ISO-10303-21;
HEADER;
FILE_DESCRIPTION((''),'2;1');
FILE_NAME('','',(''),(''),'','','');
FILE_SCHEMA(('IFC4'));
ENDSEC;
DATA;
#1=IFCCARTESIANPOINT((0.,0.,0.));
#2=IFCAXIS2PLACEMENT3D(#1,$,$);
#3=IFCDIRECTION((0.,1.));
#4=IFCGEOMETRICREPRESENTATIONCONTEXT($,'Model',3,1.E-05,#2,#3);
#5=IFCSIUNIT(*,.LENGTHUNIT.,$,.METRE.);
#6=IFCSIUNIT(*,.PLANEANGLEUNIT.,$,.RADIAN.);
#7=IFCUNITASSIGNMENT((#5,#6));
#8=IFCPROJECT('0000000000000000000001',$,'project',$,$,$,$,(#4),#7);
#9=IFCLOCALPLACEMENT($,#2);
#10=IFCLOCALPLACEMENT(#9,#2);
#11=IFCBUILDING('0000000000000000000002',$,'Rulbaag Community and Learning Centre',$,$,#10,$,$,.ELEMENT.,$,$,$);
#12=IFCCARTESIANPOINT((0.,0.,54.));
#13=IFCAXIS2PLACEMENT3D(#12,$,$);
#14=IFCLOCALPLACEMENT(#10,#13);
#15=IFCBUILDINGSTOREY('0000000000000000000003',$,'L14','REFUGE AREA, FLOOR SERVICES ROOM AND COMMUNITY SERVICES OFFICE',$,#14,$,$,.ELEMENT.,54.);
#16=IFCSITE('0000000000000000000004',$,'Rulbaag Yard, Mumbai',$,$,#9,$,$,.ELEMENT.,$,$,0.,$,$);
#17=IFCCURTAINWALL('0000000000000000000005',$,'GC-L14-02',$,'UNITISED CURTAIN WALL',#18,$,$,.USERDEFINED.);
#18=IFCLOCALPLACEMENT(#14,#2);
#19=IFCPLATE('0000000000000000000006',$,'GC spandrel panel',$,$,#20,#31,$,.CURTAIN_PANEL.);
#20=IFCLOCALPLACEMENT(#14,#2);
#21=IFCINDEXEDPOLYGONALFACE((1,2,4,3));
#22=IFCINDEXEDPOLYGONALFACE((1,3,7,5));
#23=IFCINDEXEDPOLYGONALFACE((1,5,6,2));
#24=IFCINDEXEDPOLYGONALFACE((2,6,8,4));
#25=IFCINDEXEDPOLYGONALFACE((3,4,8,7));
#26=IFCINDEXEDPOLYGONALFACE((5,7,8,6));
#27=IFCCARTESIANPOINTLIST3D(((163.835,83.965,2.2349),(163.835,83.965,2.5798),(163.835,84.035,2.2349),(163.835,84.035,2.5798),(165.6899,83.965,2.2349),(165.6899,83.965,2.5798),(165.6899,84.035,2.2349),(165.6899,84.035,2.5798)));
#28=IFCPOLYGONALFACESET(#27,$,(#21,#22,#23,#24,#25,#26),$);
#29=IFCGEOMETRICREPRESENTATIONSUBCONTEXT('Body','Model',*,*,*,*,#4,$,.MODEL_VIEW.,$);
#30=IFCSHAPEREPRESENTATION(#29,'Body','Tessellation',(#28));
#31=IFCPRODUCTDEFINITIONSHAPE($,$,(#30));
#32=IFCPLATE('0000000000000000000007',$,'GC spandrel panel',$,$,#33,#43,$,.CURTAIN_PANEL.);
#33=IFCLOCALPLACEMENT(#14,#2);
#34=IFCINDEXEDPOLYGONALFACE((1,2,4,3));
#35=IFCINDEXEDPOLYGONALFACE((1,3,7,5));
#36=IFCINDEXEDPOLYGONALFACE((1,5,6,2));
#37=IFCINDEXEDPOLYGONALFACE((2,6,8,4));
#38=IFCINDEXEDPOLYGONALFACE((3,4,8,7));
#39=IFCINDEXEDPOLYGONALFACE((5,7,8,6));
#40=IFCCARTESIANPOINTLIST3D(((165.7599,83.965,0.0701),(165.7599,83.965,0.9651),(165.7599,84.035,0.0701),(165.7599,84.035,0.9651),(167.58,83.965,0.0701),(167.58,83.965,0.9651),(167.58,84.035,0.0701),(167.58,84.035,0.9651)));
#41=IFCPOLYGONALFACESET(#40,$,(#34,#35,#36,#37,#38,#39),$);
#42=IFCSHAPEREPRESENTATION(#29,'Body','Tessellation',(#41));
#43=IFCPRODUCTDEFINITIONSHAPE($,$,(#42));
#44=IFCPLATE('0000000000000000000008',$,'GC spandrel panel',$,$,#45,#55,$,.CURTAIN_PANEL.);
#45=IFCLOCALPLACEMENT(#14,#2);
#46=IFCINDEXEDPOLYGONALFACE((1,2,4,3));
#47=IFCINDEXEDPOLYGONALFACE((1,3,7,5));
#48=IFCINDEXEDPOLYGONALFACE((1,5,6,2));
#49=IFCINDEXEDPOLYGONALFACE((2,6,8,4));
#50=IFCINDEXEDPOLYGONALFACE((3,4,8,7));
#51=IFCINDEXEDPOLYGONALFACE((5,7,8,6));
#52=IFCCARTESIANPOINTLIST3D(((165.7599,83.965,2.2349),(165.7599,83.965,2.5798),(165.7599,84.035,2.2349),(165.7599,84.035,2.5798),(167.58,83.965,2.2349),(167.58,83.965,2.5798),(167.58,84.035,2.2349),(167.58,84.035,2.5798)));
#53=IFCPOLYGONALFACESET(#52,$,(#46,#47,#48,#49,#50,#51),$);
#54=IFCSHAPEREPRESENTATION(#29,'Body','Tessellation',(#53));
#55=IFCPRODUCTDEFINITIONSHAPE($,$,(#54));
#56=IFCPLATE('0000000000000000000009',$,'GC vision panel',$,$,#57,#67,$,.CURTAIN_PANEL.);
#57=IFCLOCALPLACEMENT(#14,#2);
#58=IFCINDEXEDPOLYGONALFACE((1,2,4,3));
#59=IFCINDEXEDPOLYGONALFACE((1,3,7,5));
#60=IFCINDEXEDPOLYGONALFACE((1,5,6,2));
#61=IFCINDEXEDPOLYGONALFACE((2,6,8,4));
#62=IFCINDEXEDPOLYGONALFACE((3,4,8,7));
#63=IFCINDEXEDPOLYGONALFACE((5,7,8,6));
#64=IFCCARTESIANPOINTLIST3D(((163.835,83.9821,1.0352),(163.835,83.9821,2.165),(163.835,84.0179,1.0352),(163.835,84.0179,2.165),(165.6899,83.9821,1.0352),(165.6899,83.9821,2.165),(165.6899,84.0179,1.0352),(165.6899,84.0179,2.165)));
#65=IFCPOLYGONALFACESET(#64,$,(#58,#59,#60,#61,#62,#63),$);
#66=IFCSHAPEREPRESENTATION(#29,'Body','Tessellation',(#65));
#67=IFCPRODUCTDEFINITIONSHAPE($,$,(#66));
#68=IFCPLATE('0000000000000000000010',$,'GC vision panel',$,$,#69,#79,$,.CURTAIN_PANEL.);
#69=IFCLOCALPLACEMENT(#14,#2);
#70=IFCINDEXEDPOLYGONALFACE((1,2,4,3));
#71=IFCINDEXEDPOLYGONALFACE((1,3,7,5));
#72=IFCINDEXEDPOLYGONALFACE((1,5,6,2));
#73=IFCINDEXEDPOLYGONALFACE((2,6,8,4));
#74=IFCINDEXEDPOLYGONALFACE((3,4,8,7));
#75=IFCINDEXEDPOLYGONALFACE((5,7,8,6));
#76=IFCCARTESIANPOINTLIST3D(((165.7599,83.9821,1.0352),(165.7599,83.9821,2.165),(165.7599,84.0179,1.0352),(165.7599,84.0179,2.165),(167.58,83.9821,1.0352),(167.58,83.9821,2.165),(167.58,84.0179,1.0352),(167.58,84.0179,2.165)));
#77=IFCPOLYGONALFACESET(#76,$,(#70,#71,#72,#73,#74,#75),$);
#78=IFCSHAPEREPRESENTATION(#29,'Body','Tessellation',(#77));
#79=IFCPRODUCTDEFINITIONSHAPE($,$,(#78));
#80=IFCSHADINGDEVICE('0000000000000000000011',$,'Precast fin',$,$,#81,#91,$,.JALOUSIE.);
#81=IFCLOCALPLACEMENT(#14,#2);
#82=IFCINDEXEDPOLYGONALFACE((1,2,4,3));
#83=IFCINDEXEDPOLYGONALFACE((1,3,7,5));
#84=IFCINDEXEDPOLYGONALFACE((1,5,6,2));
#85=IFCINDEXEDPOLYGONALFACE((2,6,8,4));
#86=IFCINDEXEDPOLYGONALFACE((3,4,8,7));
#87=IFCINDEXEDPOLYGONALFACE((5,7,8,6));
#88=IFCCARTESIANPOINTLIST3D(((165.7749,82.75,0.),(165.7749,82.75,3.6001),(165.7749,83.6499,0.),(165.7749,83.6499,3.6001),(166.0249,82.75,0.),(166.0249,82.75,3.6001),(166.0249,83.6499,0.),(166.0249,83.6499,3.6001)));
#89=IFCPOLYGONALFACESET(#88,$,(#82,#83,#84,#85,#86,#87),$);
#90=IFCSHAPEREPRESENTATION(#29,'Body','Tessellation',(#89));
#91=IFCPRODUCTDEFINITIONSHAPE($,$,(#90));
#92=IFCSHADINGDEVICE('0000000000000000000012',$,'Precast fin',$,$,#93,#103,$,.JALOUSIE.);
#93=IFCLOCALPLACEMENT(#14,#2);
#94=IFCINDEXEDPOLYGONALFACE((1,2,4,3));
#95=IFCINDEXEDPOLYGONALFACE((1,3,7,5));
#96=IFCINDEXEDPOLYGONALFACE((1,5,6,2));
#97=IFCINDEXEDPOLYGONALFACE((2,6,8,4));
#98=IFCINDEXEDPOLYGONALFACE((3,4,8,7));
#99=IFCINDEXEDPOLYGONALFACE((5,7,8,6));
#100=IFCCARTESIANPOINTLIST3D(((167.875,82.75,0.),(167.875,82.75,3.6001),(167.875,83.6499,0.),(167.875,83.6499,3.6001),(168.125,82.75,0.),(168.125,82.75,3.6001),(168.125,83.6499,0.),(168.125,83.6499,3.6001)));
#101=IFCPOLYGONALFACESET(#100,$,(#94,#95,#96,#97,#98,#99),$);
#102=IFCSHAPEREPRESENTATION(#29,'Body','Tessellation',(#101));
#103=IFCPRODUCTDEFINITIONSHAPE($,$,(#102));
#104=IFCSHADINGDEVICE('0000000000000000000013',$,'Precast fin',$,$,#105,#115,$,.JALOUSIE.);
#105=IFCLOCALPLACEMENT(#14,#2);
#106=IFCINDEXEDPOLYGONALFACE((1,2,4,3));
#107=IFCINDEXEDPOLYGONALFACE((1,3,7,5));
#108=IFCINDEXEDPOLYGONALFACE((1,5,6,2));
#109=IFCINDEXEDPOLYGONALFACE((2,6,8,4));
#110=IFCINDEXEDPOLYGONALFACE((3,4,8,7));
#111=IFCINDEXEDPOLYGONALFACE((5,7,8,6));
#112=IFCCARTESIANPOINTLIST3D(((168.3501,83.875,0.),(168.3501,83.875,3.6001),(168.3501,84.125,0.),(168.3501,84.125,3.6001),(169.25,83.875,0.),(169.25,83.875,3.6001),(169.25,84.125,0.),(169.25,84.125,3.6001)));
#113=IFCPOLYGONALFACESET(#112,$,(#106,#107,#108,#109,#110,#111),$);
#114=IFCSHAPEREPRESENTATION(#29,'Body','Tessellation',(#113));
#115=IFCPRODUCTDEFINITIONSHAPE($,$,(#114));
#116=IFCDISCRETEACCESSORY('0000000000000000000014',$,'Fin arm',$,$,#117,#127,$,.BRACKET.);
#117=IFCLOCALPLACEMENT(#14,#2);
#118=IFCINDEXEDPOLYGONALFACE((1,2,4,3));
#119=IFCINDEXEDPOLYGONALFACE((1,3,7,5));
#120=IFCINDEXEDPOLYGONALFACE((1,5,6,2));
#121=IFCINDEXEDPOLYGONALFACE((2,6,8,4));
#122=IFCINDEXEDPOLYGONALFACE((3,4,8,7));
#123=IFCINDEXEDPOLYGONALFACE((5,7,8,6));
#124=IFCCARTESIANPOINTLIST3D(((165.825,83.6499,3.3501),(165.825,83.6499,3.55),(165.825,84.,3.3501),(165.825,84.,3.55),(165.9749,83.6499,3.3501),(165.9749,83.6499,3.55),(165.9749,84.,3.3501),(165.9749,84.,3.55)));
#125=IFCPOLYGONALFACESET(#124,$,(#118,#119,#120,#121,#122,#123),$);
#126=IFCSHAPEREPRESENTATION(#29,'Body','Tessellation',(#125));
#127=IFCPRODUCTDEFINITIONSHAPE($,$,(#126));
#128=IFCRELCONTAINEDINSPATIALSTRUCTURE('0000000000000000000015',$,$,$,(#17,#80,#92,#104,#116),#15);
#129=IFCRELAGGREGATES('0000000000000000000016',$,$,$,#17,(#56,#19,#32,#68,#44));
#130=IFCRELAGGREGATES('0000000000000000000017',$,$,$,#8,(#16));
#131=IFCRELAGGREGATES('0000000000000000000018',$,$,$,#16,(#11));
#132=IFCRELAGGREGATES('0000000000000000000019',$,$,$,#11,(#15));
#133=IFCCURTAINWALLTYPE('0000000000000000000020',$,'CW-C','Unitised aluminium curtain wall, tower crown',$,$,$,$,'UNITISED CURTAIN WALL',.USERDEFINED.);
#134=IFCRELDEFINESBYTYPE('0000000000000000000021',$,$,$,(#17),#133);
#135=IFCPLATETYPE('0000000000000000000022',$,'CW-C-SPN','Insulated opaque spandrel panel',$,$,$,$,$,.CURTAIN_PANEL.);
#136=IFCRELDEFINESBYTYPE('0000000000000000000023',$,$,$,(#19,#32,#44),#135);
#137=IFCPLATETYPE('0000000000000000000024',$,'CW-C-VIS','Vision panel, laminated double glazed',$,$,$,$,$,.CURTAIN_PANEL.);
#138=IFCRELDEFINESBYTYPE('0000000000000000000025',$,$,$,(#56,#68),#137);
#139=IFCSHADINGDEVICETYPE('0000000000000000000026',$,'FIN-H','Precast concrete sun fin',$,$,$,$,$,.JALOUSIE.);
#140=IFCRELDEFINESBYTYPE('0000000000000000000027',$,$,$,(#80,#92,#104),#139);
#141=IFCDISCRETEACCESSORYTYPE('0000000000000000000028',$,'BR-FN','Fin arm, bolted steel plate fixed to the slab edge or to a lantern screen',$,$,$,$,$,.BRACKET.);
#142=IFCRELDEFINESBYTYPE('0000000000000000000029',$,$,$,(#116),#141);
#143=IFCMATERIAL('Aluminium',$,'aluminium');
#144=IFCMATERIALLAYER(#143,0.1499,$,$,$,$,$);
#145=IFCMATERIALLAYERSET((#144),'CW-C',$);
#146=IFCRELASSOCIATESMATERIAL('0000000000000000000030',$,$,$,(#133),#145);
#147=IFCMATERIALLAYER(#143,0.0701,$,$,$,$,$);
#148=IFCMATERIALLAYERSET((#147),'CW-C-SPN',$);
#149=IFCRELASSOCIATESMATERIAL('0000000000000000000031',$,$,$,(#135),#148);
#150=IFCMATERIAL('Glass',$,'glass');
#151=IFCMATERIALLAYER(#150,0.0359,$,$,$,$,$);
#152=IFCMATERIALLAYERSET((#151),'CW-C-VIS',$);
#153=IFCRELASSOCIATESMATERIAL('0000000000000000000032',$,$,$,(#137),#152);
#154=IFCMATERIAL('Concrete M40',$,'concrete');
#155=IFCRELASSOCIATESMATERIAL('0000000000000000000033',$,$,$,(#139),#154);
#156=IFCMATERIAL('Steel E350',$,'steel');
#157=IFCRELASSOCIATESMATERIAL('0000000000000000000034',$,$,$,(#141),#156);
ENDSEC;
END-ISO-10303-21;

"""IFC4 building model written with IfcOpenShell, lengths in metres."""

from ifc_helpers import new_model, si_unit, direction, frame, origin, origin_2d, place, context, subcontext, project, spatial, rectangle, extrude, material, layer, layer_set, material_profile, profile_set, type_object, element, aggregate, save


model = new_model("IFC4")

# Units and contexts
model_context = context("Model", 3, precision=1e-05, world=origin(), true_north=direction((0.0, 1.0)))
body_context = subcontext(model_context, "Body", "Model", "MODEL_VIEW")
ifc_project = project(units=[si_unit("LENGTHUNIT", "METRE"), si_unit("PLANEANGLEUNIT", "RADIAN")], contexts=[model_context])

# Site, building, storey
site_placement = place(None, origin())
site = spatial("IfcSite", under=ifc_project, at=site_placement, Name="Rulbaag Yard, Mumbai", CompositionType="ELEMENT", RefElevation=0.0)
building_placement = place(site_placement, origin())
building = spatial("IfcBuilding", under=site, at=building_placement, Name="Rulbaag Community and Learning Centre", CompositionType="ELEMENT")
storey_placement = place(building_placement, frame((0.0, 0.0, 54.0)))
storey = spatial("IfcBuildingStorey", under=building, at=storey_placement, Name="L14", Description="REFUGE AREA, FLOOR SERVICES ROOM AND COMMUNITY SERVICES OFFICE", CompositionType="ELEMENT", Elevation=54.0)

# Shared definitions
ifc_material_1 = material(Name="Concrete M40", Category="concrete")

# Curtain wall
ifc_material_2 = material(Name="Aluminium", Category="aluminium")
ifc_layer_1 = layer(ifc_material_2, 0.1499)
ifc_layer_set_1 = layer_set([ifc_layer_1], Name="CW-C")
curtain_wall_type = type_object("IfcCurtainWallType", Name="CW-C", Description="Unitised aluminium curtain wall, tower crown", ElementType="UNITISED CURTAIN WALL", PredefinedType="USERDEFINED", material=ifc_layer_set_1)
curtain_wall_1_placement = place(storey_placement, origin())
curtain_wall_1 = element("IfcCurtainWall", 1, at=curtain_wall_1_placement, inside=storey, type_object=curtain_wall_type, Name="GC-L14-02", ObjectType="UNITISED CURTAIN WALL", PredefinedType="USERDEFINED")

# Plates
ifc_layer_2 = layer(ifc_material_2, 0.0701)
ifc_layer_set_2 = layer_set([ifc_layer_2], Name="CW-C-SPN")
plate_type_1 = type_object("IfcPlateType", Name="CW-C-SPN", Description="Insulated opaque spandrel panel", PredefinedType="CURTAIN_PANEL", material=ifc_layer_set_2)
plate_1_placement = place(storey_placement, frame((164.7625, 84.0, 2.2349), z_axis=(0.0, 0.0, 1.0), x_axis=(1.0, 0.0, 0.0)))
plate_1 = element("IfcPlate", 2, at=plate_1_placement, type_object=plate_type_1, Name="GC spandrel panel", PredefinedType="CURTAIN_PANEL", context=body_context, shape_type="SweptSolid", body=[
    extrude(rectangle(XDim=1.855, YDim=0.0701, at=origin_2d()), origin(), (0.0, 0.0, 1.0), 0.345),
])
plate_2_placement = place(storey_placement, frame((166.6699, 84.0, 0.0701), z_axis=(0.0, 0.0, 1.0), x_axis=(1.0, 0.0, 0.0)))
plate_2 = element("IfcPlate", 3, at=plate_2_placement, type_object=plate_type_1, Name="GC spandrel panel", PredefinedType="CURTAIN_PANEL", context=body_context, shape_type="SweptSolid", body=[
    extrude(rectangle(XDim=1.8201, YDim=0.0701, at=origin_2d()), origin(), (0.0, 0.0, 1.0), 0.895),
])
plate_3_placement = place(storey_placement, frame((166.6699, 84.0, 2.2349), z_axis=(0.0, 0.0, 1.0), x_axis=(1.0, 0.0, 0.0)))
plate_3 = element("IfcPlate", 4, at=plate_3_placement, type_object=plate_type_1, Name="GC spandrel panel", PredefinedType="CURTAIN_PANEL", context=body_context, shape_type="SweptSolid", body=[
    extrude(rectangle(XDim=1.8201, YDim=0.0701, at=origin_2d()), origin(), (0.0, 0.0, 1.0), 0.345),
])
ifc_material_3 = material(Name="Glass", Category="glass")
ifc_layer_3 = layer(ifc_material_3, 0.0359)
ifc_layer_set_3 = layer_set([ifc_layer_3], Name="CW-C-VIS")
plate_type_2 = type_object("IfcPlateType", Name="CW-C-VIS", Description="Vision panel, laminated double glazed", PredefinedType="CURTAIN_PANEL", material=ifc_layer_set_3)
plate_4_placement = place(storey_placement, frame((164.7625, 84.0, 1.0352), z_axis=(0.0, 0.0, 1.0), x_axis=(1.0, 0.0, 0.0)))
plate_4 = element("IfcPlate", 5, at=plate_4_placement, type_object=plate_type_2, Name="GC vision panel", PredefinedType="CURTAIN_PANEL", context=body_context, shape_type="SweptSolid", body=[
    extrude(rectangle(XDim=1.855, YDim=0.0359, at=origin_2d()), origin(), (0.0, 0.0, 1.0), 1.1299),
])
plate_5_placement = place(storey_placement, frame((166.6699, 84.0, 1.0352), z_axis=(0.0, 0.0, 1.0), x_axis=(1.0, 0.0, 0.0)))
plate_5 = element("IfcPlate", 6, at=plate_5_placement, type_object=plate_type_2, Name="GC vision panel", PredefinedType="CURTAIN_PANEL", context=body_context, shape_type="SweptSolid", body=[
    extrude(rectangle(XDim=1.8201, YDim=0.0359, at=origin_2d()), origin(), (0.0, 0.0, 1.0), 1.1299),
])
aggregate(curtain_wall_1, [plate_4, plate_1, plate_2, plate_5, plate_3])

# Shading devices
ifc_material_profile_1 = material_profile(ifc_material_1, rectangle(XDim=0.25, YDim=0.8999, at=origin_2d()), Name="PC 250x900")
ifc_profile_set_1 = profile_set([ifc_material_profile_1], Name="Concrete M40")
shading_device_type_1 = type_object("IfcShadingDeviceType", Name="FIN-H", Description="Precast concrete sun fin", PredefinedType="JALOUSIE", material=ifc_profile_set_1)
for number, where, z_axis, x_axis, name in (
    (7, (165.8999, 83.2, 0.0), (0.0, 0.0, 1.0), (1.0, 0.0, 0.0), "Precast fin"),
    (8, (168.0, 83.2, 0.0), (0.0, 0.0, 1.0), (1.0, 0.0, 0.0), "Precast fin"),
    (9, (168.8, 84.0, 0.0), (0.0, 0.0, 1.0), (0.0, 1.0, 0.0), "Precast fin"),
):
    element("IfcShadingDevice", number, at=place(storey_placement, frame(where, z_axis=z_axis, x_axis=x_axis)), inside=storey, type_object=shading_device_type_1, Name=name, PredefinedType="JALOUSIE", context=body_context, shape_type="SweptSolid", body=[
        extrude(rectangle(XDim=0.25, YDim=0.8999, at=origin_2d()), origin(), (0.0, 0.0, 1.0), 3.6001),
    ])

# Discrete accessory
ifc_material_4 = material(Name="Steel E350", Category="steel")
discrete_accessory_type = type_object("IfcDiscreteAccessoryType", Name="BR-FN", Description="Fin arm, bolted steel plate fixed to the slab edge or to a lantern screen", PredefinedType="BRACKET", material=ifc_material_4)
discrete_accessory_placement = place(storey_placement, frame((165.8999, 83.825, 3.3501), z_axis=(0.0, 0.0, 1.0), x_axis=(1.0, 0.0, 0.0)))
element("IfcDiscreteAccessory", 10, at=discrete_accessory_placement, inside=storey, type_object=discrete_accessory_type, Name="Fin arm", PredefinedType="BRACKET", context=body_context, shape_type="SweptSolid", body=[
    extrude(rectangle(XDim=0.1499, YDim=0.3501, at=origin_2d()), origin(), (0.0, 0.0, 1.0), 0.2),
])

save(model, "model.ifc")
